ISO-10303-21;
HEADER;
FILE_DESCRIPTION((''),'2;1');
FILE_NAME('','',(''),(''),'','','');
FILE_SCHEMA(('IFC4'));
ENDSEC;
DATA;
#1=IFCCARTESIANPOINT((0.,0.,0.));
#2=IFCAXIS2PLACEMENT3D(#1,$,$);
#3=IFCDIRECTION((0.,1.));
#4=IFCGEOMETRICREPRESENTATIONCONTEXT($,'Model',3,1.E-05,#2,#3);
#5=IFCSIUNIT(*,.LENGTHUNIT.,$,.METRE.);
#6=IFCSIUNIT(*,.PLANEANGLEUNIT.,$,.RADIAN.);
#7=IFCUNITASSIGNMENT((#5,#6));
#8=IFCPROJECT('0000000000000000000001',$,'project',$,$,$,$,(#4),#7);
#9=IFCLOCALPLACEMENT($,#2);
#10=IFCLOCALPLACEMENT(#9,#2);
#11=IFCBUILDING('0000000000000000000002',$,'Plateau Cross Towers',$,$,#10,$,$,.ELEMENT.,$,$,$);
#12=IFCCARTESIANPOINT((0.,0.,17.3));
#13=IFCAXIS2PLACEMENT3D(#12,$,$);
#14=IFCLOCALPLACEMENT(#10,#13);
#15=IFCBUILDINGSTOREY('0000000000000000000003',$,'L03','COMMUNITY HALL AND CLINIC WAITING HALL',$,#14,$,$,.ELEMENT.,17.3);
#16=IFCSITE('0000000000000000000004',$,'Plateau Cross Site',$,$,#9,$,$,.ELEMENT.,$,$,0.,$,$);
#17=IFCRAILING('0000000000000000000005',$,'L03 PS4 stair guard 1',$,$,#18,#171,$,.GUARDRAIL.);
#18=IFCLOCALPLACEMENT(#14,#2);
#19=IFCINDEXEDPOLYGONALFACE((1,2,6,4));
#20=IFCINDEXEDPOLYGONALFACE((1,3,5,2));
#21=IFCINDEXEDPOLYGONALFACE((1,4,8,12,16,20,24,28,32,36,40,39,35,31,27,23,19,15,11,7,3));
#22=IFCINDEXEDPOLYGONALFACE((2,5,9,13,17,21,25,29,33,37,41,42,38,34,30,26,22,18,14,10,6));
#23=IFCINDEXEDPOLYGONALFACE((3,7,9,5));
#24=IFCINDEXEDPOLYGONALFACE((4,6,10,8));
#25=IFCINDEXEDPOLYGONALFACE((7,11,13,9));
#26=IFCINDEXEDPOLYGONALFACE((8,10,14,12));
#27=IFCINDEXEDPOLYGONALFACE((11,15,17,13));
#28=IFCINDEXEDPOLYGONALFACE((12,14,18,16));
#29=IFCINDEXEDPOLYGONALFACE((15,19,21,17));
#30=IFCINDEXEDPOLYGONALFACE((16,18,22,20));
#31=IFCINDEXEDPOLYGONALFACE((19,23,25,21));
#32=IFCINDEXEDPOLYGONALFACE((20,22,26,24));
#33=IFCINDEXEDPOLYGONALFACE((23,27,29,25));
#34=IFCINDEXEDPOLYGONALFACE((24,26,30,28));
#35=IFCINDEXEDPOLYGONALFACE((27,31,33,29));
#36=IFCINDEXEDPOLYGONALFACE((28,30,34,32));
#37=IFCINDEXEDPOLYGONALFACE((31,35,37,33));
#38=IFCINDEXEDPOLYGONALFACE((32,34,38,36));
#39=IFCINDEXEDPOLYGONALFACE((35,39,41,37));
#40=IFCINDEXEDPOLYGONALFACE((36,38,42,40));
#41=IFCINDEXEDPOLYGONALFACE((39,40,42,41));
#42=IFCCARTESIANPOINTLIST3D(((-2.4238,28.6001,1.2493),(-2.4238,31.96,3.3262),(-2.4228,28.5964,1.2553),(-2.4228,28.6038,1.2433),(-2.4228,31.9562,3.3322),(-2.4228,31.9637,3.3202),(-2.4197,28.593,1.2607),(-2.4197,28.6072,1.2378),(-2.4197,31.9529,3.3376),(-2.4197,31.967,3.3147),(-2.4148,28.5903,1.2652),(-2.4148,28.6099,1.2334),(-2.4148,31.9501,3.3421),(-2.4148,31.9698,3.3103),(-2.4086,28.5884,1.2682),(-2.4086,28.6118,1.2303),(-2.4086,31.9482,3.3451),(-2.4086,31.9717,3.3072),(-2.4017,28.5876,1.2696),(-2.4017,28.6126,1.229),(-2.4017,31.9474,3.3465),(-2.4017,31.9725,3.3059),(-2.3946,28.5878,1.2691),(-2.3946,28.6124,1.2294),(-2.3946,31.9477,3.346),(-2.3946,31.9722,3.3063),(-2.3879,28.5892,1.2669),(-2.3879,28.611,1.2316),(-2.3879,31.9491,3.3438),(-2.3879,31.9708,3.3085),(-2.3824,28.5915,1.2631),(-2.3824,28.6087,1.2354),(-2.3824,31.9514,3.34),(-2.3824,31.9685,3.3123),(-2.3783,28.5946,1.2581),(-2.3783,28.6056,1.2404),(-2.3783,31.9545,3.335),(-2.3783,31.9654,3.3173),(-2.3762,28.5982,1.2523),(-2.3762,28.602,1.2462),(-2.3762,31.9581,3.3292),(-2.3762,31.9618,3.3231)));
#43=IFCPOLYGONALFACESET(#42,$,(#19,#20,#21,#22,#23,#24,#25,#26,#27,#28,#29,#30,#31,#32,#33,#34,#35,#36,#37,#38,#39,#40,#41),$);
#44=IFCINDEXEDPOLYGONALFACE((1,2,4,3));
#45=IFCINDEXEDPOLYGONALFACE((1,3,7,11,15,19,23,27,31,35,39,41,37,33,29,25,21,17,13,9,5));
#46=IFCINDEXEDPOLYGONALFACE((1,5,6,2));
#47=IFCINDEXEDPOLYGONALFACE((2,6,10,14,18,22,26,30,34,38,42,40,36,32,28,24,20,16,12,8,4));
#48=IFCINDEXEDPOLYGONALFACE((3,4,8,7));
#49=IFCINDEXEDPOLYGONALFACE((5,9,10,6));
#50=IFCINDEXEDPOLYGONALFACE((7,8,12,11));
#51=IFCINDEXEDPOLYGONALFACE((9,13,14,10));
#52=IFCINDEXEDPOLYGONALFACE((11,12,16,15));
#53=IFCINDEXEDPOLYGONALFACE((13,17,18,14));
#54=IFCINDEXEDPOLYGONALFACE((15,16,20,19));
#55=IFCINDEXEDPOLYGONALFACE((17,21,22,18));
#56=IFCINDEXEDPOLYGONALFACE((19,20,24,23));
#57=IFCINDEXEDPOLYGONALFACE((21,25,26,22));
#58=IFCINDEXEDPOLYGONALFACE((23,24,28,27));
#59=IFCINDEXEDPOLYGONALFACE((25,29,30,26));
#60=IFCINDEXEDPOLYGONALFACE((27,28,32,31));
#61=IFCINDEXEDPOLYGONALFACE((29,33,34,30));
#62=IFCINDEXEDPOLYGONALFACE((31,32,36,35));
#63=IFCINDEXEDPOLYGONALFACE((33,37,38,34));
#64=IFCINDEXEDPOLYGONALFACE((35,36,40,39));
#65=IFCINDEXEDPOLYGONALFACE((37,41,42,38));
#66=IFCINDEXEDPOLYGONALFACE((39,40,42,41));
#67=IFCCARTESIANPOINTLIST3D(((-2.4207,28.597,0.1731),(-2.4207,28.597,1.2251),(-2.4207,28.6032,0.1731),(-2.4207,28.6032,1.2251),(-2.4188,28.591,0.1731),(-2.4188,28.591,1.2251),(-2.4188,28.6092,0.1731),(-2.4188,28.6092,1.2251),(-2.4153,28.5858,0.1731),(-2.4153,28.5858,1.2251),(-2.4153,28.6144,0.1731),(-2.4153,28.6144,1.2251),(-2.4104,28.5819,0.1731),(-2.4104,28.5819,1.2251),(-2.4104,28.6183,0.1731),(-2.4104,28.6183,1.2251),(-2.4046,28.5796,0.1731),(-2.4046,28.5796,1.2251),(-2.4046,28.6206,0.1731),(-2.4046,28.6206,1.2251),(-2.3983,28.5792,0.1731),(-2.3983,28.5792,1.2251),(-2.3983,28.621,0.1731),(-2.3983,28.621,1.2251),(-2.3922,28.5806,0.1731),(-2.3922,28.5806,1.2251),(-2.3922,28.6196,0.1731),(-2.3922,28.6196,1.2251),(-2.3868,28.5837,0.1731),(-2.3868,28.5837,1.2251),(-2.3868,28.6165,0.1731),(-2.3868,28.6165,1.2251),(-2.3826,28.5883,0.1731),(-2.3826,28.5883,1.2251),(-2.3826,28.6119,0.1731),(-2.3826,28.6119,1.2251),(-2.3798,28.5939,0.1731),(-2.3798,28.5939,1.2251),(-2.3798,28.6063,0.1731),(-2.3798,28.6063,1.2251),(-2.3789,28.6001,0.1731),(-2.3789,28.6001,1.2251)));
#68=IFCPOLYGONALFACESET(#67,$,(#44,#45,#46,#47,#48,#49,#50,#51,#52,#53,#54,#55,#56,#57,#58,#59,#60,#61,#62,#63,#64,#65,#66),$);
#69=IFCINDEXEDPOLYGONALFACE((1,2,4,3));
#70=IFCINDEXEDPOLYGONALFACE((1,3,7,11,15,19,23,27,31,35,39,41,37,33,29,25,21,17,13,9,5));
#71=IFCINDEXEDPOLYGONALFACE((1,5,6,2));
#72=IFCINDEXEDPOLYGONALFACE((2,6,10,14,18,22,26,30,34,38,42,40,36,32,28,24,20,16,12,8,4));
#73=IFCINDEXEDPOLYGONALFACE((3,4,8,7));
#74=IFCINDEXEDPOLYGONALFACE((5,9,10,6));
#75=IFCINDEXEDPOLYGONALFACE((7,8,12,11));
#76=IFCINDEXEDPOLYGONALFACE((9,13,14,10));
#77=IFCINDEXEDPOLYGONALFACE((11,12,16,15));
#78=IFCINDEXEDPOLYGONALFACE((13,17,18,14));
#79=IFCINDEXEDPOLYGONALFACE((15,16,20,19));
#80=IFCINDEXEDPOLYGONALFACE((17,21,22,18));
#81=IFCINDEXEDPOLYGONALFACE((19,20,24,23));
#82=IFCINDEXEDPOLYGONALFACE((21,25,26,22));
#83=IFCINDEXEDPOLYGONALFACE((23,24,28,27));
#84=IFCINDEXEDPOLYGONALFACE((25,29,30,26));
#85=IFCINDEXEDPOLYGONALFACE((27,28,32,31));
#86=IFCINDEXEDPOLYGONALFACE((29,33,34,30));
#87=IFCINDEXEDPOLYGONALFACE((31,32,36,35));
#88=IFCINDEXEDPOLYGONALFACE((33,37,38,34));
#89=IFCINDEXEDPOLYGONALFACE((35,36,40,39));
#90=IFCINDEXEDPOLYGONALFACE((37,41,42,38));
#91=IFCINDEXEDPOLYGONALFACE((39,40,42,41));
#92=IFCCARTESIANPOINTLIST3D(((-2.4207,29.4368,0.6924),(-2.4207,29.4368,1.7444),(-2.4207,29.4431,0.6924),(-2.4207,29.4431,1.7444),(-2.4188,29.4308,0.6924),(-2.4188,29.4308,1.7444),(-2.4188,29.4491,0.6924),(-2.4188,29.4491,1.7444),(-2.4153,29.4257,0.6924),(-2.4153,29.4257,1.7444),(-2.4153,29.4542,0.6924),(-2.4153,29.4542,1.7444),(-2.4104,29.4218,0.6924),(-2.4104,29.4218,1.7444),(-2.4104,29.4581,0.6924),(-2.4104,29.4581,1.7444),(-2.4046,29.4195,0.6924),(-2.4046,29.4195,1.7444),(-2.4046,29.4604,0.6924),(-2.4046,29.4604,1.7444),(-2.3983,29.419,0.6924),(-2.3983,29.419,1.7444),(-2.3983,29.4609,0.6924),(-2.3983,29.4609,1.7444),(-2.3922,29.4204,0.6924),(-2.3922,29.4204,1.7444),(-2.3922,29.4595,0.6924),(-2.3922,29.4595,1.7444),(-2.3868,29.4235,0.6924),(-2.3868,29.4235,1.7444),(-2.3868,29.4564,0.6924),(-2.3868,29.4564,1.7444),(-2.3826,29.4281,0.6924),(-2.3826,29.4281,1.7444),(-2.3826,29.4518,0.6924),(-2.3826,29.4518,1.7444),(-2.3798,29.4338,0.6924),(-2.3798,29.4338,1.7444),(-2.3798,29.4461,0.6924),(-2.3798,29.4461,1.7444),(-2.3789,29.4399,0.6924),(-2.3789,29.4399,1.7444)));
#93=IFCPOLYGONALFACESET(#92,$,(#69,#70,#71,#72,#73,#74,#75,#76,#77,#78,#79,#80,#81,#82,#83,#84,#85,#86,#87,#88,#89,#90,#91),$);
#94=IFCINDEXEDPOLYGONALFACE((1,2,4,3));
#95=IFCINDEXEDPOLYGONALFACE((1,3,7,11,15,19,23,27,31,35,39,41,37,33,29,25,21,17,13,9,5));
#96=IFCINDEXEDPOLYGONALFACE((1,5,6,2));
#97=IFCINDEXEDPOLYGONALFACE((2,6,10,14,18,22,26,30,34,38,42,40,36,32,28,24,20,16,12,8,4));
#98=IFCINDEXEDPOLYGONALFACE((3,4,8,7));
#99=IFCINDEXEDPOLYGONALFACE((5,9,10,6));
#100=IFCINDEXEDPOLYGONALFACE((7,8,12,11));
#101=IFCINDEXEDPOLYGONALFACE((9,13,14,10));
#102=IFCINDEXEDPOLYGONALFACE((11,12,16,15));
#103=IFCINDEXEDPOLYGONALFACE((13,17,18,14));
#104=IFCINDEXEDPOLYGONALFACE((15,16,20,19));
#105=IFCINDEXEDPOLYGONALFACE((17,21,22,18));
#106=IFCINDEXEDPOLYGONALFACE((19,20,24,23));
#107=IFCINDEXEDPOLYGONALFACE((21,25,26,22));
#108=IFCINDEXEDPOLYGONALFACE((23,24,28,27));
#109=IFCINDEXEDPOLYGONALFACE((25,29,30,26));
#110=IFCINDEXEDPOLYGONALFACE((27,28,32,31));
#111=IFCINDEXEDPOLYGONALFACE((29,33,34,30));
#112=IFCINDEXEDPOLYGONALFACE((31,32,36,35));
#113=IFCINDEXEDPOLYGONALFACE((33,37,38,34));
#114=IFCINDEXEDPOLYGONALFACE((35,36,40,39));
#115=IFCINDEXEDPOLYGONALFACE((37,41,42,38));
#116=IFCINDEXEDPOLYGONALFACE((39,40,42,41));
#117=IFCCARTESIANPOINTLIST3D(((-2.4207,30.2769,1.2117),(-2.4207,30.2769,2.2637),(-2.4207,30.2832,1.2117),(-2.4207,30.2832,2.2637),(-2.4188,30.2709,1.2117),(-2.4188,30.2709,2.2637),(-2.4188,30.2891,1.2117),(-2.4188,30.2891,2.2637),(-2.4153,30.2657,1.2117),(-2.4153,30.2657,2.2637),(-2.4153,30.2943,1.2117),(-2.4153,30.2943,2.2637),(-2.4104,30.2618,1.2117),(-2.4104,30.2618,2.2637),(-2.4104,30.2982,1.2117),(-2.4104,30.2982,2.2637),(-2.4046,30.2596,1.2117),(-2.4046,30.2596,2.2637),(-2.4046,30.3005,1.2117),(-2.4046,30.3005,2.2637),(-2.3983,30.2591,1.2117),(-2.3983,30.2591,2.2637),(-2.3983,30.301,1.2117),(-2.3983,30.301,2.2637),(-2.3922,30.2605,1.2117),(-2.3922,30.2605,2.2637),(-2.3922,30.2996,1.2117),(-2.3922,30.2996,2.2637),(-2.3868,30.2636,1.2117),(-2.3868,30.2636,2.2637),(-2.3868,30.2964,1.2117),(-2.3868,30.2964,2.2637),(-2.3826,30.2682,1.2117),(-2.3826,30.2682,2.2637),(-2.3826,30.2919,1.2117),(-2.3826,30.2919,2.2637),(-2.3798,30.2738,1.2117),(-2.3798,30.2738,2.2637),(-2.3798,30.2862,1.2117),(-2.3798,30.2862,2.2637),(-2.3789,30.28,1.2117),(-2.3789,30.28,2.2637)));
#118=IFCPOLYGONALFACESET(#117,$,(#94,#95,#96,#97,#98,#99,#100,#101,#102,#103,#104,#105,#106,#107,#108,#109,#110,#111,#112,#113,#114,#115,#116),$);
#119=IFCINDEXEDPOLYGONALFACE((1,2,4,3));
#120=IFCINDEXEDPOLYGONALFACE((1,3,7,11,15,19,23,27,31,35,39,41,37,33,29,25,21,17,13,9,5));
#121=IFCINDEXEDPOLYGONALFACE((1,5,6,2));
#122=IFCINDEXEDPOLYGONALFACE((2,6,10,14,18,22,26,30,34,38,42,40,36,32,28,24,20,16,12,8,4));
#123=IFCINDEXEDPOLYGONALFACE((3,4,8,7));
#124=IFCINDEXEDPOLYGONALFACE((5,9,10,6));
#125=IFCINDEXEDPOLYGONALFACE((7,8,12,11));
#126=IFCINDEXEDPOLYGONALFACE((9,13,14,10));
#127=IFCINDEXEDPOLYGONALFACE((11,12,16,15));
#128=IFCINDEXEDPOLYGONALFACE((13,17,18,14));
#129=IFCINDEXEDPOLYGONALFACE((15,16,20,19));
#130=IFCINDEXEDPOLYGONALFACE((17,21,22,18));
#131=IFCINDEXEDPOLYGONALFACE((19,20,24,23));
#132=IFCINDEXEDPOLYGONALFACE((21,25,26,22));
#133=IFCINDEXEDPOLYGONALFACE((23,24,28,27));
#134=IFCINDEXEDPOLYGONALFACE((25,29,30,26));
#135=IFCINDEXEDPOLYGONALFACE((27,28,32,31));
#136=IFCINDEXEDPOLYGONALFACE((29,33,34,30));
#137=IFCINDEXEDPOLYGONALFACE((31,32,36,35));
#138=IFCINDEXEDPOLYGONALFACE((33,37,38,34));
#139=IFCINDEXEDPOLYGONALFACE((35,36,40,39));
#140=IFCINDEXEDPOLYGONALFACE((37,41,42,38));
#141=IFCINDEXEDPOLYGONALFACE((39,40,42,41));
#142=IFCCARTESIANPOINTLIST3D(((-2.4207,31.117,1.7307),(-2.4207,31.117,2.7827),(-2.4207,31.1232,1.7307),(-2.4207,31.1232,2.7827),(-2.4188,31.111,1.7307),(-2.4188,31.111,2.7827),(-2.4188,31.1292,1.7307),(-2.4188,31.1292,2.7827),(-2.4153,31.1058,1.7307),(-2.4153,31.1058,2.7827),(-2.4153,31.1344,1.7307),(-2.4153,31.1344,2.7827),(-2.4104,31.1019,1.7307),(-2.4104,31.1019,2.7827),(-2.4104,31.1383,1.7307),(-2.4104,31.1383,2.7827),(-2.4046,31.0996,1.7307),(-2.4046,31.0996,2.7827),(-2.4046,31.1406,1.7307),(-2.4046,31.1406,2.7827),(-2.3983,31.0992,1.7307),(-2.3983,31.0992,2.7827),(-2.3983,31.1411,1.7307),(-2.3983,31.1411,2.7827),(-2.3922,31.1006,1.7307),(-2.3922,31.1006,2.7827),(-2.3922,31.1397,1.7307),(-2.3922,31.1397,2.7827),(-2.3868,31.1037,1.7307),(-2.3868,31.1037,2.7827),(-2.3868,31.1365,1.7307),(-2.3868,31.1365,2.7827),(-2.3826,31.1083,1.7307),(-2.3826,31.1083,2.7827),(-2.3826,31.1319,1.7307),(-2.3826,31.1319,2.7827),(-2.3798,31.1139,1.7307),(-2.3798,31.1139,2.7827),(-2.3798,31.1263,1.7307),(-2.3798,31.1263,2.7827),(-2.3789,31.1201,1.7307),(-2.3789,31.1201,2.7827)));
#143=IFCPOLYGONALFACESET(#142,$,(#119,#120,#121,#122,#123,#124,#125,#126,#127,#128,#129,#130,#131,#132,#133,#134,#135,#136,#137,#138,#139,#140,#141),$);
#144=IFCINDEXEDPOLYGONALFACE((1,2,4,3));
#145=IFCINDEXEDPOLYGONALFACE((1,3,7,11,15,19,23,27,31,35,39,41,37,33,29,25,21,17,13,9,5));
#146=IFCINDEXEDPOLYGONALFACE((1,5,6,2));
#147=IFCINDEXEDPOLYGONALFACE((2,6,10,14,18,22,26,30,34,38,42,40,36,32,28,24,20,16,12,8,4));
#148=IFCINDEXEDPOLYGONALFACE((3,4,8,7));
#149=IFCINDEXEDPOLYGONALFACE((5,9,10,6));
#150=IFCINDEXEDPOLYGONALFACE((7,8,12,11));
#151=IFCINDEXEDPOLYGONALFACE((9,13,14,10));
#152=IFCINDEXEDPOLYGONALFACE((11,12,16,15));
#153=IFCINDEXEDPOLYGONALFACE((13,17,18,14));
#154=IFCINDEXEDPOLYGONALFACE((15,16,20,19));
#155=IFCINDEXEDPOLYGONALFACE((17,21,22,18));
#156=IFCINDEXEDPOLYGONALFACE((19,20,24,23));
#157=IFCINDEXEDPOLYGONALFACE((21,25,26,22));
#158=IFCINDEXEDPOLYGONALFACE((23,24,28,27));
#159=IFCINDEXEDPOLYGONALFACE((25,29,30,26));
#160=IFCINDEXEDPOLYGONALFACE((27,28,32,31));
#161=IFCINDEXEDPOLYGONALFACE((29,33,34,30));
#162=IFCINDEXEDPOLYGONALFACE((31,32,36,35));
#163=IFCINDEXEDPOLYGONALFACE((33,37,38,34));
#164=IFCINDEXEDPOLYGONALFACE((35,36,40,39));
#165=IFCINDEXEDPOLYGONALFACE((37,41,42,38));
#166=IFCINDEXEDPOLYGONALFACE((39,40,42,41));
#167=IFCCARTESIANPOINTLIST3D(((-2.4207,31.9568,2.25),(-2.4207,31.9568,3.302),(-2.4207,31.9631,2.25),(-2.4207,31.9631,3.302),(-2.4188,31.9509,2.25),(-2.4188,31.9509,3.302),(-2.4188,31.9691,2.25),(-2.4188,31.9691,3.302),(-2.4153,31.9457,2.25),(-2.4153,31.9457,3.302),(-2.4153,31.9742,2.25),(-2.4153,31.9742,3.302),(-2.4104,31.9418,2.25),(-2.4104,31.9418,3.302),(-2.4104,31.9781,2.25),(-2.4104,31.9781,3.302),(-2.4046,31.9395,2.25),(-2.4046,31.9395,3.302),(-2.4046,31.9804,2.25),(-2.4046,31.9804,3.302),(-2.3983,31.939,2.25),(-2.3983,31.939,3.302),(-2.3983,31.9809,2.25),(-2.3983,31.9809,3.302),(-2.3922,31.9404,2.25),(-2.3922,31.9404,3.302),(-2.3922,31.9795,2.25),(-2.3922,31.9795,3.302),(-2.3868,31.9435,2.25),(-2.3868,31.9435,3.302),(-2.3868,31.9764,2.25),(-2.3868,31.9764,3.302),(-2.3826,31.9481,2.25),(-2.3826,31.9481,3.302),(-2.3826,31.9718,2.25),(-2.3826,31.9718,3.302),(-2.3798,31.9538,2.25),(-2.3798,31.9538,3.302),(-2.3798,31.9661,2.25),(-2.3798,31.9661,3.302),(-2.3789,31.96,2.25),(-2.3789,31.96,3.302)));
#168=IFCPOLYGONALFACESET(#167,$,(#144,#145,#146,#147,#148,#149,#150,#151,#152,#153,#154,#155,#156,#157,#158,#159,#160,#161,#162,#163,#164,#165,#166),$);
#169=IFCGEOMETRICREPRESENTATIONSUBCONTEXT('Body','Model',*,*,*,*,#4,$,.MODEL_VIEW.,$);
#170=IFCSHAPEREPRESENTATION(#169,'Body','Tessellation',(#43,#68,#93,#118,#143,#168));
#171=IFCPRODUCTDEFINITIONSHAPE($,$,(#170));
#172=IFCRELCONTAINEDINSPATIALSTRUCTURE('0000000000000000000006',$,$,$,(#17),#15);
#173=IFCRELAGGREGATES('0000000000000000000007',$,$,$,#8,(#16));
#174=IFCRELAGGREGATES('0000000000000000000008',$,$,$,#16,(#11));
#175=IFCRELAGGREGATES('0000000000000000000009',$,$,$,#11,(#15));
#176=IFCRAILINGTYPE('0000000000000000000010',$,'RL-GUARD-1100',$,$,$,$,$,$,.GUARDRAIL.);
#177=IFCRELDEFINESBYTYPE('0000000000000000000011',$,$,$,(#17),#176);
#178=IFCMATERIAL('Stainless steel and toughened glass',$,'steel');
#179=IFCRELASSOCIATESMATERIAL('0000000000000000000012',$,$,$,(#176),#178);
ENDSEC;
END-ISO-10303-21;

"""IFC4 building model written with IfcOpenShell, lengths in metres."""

from ifc_helpers import new_model, si_unit, direction, frame, origin, origin_2d, place, context, subcontext, project, spatial, circle, extrude, material, type_object, element, save


model = new_model("IFC4")

# Units and contexts
model_context = context("Model", 3, precision=1e-05, world=origin(), true_north=direction((0.0, 1.0)))
body_context = subcontext(model_context, "Body", "Model", "MODEL_VIEW")
ifc_project = project(units=[si_unit("LENGTHUNIT", "METRE"), si_unit("PLANEANGLEUNIT", "RADIAN")], contexts=[model_context])

# Site, building, storey
site_placement = place(None, origin())
site = spatial("IfcSite", under=ifc_project, at=site_placement, Name="Plateau Cross Site", CompositionType="ELEMENT", RefElevation=0.0)
building_placement = place(site_placement, origin())
building = spatial("IfcBuilding", under=site, at=building_placement, Name="Plateau Cross Towers", CompositionType="ELEMENT")
storey_placement = place(building_placement, frame((0.0, 0.0, 17.3)))
storey = spatial("IfcBuildingStorey", under=building, at=storey_placement, Name="L03", Description="COMMUNITY HALL AND CLINIC WAITING HALL", CompositionType="ELEMENT", Elevation=17.3)

# Railing
ifc_material_1 = material(Name="Stainless steel and toughened glass", Category="steel")
railing_type_1 = type_object("IfcRailingType", Name="RL-GUARD-1100", PredefinedType="GUARDRAIL", material=ifc_material_1)
railing_1_placement = place(storey_placement, frame((-2.3999, 28.6001, 0.1731)))
element("IfcRailing", 1, at=railing_1_placement, inside=storey, type_object=railing_type_1, Name="L03 PS4 stair guard 1", PredefinedType="GUARDRAIL", context=body_context, shape_type="SweptSolid", body=[
    extrude(circle(Radius=0.0239, at=origin_2d()), frame((0.0, 0.0, 1.0762), z_axis=(0.0, 0.850606, 0.525803), x_axis=(-1.0, 0.0, 0.0)), (0.0, 0.0, 1.0), 3.95),
    extrude(circle(Radius=0.021, at=origin_2d()), origin(), (0.0, 0.0, 1.0), 1.052),
    extrude(circle(Radius=0.021, at=origin_2d()), frame((0.0, 0.8398, 0.5193)), (0.0, 0.0, 1.0), 1.052),
    extrude(circle(Radius=0.021, at=origin_2d()), frame((0.0, 1.6799, 1.0386)), (0.0, 0.0, 1.0), 1.052),
    extrude(circle(Radius=0.021, at=origin_2d()), frame((0.0, 2.52, 1.5576)), (0.0, 0.0, 1.0), 1.052),
    extrude(circle(Radius=0.021, at=origin_2d()), frame((0.0, 3.3599, 2.0769)), (0.0, 0.0, 1.0), 1.052),
])

save(model, "model.ifc")
